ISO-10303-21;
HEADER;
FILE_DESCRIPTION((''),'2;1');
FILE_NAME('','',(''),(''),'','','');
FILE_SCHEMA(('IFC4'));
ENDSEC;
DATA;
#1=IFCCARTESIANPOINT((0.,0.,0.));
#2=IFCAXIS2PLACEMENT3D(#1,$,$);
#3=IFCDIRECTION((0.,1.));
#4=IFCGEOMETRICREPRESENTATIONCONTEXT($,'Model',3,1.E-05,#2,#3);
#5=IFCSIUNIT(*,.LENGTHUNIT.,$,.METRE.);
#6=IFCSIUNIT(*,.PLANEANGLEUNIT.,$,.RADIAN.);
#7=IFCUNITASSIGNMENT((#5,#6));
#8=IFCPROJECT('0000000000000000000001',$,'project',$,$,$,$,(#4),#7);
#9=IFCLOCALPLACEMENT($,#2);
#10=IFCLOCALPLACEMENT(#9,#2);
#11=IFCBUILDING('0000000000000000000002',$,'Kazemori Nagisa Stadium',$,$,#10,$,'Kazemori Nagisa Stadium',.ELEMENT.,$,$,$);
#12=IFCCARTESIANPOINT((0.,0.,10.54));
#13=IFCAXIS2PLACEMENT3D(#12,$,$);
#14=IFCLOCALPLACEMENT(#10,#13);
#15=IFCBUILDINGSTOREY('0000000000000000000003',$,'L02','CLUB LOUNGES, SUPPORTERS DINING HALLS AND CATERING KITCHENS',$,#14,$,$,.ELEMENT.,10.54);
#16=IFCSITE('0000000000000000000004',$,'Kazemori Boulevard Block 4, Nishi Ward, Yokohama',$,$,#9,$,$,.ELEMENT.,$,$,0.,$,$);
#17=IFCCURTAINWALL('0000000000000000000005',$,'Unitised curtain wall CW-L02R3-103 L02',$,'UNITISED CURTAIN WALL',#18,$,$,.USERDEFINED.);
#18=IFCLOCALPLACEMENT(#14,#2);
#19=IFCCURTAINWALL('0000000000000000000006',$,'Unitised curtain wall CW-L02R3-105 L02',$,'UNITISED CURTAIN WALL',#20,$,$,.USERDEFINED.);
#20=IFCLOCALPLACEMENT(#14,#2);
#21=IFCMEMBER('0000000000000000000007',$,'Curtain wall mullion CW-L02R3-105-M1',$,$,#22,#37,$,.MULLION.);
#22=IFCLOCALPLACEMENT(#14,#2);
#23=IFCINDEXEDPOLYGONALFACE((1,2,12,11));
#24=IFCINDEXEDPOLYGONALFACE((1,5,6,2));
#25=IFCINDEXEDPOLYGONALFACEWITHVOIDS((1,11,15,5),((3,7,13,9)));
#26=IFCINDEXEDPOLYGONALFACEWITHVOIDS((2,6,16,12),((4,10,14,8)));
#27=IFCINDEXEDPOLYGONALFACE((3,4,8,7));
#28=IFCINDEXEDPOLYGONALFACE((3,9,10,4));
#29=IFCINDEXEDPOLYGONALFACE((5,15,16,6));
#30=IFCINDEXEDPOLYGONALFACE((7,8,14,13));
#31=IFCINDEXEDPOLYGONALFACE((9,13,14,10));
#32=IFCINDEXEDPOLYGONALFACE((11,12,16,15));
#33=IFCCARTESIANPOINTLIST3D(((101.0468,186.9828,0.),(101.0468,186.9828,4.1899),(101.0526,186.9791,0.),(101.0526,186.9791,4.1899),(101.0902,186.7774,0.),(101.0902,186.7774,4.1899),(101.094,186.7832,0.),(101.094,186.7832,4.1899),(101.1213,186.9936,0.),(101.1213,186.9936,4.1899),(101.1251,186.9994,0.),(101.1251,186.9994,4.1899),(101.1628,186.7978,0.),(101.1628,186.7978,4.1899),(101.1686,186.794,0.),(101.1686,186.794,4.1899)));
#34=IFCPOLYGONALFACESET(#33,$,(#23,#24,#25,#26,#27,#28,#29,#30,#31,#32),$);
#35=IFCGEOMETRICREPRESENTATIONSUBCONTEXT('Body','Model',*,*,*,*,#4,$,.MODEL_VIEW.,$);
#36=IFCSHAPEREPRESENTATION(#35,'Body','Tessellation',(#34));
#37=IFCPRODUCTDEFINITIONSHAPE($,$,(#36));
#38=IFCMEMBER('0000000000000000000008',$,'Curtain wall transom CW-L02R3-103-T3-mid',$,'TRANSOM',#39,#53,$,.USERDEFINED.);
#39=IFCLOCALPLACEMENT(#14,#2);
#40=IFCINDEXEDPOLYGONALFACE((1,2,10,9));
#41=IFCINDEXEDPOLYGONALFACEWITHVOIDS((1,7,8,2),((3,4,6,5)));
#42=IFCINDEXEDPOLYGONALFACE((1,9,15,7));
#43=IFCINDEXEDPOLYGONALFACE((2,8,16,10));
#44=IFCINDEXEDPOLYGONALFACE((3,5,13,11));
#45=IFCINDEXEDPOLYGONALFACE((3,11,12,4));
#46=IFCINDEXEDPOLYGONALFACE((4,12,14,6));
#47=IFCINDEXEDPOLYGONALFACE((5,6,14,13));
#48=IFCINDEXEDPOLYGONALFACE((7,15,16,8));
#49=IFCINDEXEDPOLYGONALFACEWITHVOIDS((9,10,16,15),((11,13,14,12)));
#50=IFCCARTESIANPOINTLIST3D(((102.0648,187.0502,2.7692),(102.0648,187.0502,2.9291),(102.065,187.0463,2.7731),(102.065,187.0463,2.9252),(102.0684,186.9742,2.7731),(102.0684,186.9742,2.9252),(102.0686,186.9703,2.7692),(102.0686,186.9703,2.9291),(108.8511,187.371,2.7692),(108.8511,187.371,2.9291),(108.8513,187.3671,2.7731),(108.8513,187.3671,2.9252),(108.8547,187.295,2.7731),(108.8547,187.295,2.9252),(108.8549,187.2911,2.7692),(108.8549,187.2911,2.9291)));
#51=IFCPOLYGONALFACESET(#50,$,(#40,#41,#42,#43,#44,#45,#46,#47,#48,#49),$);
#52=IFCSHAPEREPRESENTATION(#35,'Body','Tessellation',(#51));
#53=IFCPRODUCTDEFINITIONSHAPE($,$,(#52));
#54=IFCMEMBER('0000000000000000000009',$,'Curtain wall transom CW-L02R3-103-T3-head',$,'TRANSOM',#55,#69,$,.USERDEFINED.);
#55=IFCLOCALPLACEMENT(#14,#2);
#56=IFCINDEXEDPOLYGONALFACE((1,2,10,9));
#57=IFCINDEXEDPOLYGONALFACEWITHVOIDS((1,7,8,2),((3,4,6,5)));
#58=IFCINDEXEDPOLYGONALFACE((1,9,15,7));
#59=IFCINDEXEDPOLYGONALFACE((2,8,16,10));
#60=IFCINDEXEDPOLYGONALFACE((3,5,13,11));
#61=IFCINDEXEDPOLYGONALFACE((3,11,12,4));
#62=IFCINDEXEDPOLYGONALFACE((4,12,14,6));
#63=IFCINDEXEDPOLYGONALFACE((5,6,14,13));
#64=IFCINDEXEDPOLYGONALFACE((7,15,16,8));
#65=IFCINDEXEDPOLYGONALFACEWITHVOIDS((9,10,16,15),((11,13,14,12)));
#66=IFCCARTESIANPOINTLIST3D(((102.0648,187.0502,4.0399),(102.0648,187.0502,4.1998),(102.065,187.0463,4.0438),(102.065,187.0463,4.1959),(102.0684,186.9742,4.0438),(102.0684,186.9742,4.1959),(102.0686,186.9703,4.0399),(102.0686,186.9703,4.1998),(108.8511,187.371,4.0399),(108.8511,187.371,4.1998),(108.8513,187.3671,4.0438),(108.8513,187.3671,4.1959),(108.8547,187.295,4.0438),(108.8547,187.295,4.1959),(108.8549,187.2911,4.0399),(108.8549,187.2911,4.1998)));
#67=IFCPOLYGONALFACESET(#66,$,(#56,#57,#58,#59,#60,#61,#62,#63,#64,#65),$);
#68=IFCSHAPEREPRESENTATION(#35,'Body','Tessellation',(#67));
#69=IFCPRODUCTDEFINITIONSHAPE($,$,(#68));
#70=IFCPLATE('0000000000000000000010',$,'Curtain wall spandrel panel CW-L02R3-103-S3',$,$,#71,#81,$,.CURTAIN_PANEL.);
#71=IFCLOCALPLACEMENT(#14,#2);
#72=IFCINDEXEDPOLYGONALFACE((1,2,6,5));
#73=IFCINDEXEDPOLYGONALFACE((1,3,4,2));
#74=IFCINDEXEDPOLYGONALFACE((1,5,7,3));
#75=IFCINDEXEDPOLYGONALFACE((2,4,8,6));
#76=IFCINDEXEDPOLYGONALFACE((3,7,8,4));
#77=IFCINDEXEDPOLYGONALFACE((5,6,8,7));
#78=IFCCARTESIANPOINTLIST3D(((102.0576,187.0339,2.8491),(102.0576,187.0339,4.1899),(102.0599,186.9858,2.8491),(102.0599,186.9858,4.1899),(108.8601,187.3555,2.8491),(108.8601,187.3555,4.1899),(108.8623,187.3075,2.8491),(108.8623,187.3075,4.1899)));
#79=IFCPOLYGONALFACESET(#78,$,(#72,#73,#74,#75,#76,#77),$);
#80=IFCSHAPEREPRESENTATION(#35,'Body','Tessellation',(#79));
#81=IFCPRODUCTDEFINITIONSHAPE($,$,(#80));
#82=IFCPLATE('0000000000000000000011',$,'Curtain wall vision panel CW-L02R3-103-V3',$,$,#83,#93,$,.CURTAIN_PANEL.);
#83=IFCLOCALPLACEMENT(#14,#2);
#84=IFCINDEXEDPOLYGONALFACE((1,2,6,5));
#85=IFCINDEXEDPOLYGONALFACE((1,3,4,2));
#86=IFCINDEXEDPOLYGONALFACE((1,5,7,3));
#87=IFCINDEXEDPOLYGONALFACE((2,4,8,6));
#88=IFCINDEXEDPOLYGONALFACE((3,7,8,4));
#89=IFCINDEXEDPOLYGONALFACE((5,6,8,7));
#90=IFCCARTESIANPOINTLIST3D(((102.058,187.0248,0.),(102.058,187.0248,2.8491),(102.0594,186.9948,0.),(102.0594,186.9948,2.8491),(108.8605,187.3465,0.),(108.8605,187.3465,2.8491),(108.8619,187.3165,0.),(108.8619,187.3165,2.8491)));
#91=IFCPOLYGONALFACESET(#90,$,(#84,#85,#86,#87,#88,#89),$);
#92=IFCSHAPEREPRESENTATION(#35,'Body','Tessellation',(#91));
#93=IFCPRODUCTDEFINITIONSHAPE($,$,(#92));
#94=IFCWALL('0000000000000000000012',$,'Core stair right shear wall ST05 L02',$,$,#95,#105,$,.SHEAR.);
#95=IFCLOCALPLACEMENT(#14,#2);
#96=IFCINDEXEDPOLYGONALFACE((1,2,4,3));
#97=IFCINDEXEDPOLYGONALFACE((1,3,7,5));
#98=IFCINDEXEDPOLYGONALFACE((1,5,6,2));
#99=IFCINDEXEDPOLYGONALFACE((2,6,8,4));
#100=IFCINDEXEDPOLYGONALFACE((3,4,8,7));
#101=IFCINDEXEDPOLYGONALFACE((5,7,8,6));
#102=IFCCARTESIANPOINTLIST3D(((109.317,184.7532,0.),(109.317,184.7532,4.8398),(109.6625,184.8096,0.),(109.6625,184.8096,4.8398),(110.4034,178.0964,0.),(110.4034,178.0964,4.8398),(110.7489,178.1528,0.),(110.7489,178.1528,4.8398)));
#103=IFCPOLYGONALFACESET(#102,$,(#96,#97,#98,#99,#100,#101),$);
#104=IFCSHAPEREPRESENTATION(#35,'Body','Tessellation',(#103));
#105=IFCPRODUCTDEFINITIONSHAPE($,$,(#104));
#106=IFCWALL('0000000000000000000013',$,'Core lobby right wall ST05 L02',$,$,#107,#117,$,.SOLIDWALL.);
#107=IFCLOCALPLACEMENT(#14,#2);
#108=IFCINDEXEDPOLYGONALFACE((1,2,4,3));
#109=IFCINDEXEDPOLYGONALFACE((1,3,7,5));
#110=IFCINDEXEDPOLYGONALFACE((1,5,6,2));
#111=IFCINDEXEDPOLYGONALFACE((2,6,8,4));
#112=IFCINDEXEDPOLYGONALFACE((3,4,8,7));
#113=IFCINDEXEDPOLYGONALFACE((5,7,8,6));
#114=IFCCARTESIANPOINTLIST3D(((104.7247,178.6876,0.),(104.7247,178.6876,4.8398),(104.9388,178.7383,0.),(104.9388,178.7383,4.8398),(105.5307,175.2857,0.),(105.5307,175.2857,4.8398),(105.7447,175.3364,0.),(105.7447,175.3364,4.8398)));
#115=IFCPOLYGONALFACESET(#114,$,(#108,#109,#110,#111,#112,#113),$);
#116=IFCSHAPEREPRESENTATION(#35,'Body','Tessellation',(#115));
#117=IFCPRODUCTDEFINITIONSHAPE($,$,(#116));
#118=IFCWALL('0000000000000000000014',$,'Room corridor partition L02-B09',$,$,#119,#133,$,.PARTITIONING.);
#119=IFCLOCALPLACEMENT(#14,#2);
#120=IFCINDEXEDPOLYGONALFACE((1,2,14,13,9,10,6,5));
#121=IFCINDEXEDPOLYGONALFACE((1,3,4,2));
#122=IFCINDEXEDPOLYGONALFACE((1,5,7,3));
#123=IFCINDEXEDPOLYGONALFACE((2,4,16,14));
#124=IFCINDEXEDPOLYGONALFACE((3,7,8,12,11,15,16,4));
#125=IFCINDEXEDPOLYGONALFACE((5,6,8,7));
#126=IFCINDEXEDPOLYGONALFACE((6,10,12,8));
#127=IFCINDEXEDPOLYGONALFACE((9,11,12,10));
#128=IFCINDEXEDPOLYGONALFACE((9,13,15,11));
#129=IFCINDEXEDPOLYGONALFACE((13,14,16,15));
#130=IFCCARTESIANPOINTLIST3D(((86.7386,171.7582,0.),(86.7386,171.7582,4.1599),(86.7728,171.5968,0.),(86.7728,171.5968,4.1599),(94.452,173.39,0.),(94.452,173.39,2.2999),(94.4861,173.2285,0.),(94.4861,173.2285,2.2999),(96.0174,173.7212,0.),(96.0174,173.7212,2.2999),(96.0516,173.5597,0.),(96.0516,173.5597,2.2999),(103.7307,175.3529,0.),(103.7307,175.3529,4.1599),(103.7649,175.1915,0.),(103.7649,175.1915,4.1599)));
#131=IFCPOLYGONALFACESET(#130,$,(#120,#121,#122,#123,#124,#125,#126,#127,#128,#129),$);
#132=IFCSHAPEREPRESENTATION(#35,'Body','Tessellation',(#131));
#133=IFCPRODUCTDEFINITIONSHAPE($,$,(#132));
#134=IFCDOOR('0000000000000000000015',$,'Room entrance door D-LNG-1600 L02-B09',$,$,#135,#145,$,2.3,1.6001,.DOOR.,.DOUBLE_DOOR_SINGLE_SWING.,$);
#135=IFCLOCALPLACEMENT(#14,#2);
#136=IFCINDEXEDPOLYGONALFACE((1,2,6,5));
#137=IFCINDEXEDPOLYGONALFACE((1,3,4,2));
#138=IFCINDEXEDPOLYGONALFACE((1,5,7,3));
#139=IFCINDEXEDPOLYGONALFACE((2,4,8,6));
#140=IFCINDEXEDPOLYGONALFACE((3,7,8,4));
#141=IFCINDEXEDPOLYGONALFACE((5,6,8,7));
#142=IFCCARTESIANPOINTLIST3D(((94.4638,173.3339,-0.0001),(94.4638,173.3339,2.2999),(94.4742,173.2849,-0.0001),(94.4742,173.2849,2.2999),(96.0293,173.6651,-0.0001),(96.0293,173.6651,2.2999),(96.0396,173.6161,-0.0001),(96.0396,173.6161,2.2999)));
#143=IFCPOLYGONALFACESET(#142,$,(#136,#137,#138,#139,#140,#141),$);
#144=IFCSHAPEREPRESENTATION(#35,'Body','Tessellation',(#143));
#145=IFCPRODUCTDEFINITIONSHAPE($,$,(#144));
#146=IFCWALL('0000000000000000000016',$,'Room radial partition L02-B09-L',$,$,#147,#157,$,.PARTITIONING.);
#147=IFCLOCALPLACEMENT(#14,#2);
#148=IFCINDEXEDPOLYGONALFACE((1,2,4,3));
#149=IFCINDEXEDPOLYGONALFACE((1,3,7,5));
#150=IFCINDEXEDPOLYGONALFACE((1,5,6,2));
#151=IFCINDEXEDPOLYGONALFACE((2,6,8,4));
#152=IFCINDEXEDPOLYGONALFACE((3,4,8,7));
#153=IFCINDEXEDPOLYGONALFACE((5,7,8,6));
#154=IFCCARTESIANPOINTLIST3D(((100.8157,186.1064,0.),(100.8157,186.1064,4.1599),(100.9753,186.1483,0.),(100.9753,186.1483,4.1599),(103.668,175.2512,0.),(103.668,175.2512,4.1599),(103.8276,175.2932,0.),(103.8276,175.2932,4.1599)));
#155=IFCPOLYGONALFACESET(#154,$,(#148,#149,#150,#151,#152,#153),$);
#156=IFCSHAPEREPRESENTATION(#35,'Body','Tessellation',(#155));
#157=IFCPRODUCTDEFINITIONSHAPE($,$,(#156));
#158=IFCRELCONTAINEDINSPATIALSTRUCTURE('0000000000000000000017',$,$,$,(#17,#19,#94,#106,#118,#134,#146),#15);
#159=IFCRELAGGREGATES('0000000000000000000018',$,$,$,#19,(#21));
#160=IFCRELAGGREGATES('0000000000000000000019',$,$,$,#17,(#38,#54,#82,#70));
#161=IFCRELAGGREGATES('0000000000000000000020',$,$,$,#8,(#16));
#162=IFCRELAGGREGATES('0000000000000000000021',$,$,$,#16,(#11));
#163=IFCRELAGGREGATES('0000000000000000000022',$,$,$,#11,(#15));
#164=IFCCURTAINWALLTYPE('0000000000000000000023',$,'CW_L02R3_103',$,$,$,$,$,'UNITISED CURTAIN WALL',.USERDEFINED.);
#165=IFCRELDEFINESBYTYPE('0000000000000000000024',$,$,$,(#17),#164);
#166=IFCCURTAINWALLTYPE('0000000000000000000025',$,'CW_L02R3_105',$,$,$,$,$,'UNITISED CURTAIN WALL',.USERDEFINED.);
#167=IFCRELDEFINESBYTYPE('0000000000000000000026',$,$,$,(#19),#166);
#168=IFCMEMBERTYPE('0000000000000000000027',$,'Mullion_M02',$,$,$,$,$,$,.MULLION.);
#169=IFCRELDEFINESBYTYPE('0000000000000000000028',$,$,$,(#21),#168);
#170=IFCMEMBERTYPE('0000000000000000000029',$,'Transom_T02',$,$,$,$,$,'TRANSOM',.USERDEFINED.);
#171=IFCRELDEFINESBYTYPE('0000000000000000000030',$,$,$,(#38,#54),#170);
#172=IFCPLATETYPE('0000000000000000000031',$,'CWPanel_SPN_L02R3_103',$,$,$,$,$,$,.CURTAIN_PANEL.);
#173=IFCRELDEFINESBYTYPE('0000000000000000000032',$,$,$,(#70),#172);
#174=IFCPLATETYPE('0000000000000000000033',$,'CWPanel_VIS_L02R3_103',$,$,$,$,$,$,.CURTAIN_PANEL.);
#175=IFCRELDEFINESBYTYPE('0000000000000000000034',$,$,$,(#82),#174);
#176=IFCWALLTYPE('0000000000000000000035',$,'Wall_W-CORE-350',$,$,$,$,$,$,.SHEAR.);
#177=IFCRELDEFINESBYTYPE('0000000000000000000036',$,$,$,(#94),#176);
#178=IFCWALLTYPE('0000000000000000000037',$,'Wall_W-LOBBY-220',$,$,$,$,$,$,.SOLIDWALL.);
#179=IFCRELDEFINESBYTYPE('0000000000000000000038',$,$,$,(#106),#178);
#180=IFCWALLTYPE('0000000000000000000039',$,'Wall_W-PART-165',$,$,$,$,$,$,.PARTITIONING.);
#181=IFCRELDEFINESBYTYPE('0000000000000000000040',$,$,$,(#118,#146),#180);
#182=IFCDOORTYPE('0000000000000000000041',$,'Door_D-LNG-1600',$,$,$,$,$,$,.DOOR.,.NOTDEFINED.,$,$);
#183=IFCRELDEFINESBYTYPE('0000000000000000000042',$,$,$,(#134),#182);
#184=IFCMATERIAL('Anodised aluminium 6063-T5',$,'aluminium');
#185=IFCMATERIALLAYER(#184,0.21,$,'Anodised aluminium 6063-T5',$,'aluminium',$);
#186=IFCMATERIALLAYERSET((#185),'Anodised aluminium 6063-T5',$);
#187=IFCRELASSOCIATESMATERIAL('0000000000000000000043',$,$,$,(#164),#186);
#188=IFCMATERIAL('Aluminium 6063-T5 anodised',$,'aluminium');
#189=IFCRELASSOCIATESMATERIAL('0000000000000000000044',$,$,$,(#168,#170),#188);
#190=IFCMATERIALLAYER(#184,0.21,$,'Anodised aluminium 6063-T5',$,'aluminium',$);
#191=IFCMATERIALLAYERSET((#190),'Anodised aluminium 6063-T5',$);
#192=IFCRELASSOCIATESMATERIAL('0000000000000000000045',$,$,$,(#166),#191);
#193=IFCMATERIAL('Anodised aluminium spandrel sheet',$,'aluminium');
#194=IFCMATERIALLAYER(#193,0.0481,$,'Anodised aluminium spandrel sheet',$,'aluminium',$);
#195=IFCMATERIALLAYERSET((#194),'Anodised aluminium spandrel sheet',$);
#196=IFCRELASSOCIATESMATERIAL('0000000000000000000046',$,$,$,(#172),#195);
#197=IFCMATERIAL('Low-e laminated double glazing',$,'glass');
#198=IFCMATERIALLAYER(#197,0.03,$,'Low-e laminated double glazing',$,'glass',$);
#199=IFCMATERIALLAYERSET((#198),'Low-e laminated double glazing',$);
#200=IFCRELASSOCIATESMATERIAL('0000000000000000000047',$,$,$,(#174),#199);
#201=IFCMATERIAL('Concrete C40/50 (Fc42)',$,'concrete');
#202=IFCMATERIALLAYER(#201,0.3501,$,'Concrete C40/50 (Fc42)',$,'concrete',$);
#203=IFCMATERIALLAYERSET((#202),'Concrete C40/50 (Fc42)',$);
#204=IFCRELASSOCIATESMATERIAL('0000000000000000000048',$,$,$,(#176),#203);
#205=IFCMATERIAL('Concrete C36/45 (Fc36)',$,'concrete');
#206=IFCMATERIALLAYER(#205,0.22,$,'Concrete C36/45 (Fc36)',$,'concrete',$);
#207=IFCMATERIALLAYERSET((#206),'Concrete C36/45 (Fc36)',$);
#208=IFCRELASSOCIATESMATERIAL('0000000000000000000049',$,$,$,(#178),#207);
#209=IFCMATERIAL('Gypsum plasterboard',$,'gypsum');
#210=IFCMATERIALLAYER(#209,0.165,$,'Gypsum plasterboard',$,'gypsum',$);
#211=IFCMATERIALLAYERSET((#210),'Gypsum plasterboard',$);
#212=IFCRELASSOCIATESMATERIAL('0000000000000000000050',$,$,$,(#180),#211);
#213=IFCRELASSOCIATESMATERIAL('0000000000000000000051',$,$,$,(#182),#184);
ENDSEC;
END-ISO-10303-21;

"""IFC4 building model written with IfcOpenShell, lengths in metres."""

from ifc_helpers import new_model, si_unit, direction, frame, frame_2d, origin, origin_2d, place, context, subcontext, project, spatial, rectangle, hollow_rectangle, extrude, material, layer, layer_set, material_profile, profile_set, type_object, element, fill, aggregate, save


model = new_model("IFC4")

# Units and contexts
model_context = context("Model", 3, precision=1e-05, world=origin(), true_north=direction((0.0, 1.0)))
body_context = subcontext(model_context, "Body", "Model", "MODEL_VIEW")
ifc_project = project(units=[si_unit("LENGTHUNIT", "METRE"), si_unit("PLANEANGLEUNIT", "RADIAN")], contexts=[model_context])

# Site, building, storey
site_placement = place(None, origin())
site = spatial("IfcSite", under=ifc_project, at=site_placement, Name="Kazemori Boulevard Block 4, Nishi Ward, Yokohama", CompositionType="ELEMENT", RefElevation=0.0)
building_placement = place(site_placement, origin())
building = spatial("IfcBuilding", under=site, at=building_placement, Name="Kazemori Nagisa Stadium", LongName="Kazemori Nagisa Stadium", CompositionType="ELEMENT")
storey_placement = place(building_placement, frame((0.0, 0.0, 10.54)))
storey = spatial("IfcBuildingStorey", under=building, at=storey_placement, Name="L02", Description="CLUB LOUNGES, SUPPORTERS DINING HALLS AND CATERING KITCHENS", CompositionType="ELEMENT", Elevation=10.54)

# Shared definitions
ifc_material_1 = material(Name="Concrete C40/50 (Fc42)", Category="concrete")

# Curtain wall
ifc_material_2 = material(Name="Anodised aluminium 6063-T5", Category="aluminium")
ifc_layer_1 = layer(ifc_material_2, 0.21, Name="Anodised aluminium 6063-T5", Category="aluminium")
ifc_layer_set_1 = layer_set([ifc_layer_1], Name="Anodised aluminium 6063-T5")
curtain_wall_type_1 = type_object("IfcCurtainWallType", Name="CW_L02R3_103", ElementType="UNITISED CURTAIN WALL", PredefinedType="USERDEFINED", material=ifc_layer_set_1)
curtain_wall_1_placement = place(storey_placement, origin())
curtain_wall_1 = element("IfcCurtainWall", 1, at=curtain_wall_1_placement, inside=storey, type_object=curtain_wall_type_1, Name="Unitised curtain wall CW-L02R3-103 L02", ObjectType="UNITISED CURTAIN WALL", PredefinedType="USERDEFINED")
ifc_material_3 = material(Name="Aluminium 6063-T5 anodised", Category="aluminium")
ifc_material_profile_1 = material_profile(ifc_material_3, hollow_rectangle(XDim=0.0801, YDim=0.21, WallThickness=0.0049, at=origin_2d()), Name="ALU-MULL-80x210x5")
ifc_profile_set_1 = profile_set([ifc_material_profile_1], Name="Aluminium 6063-T5 anodised")
member_type_1 = type_object("IfcMemberType", Name="Mullion_M02", PredefinedType="MULLION", material=ifc_profile_set_1)

# Curtain wall, member
ifc_layer_2 = layer(ifc_material_2, 0.21, Name="Anodised aluminium 6063-T5", Category="aluminium")
ifc_layer_set_2 = layer_set([ifc_layer_2], Name="Anodised aluminium 6063-T5")
curtain_wall_type_2 = type_object("IfcCurtainWallType", Name="CW_L02R3_105", ElementType="UNITISED CURTAIN WALL", PredefinedType="USERDEFINED", material=ifc_layer_set_2)
curtain_wall_2_placement = place(storey_placement, origin())
curtain_wall_2 = element("IfcCurtainWall", 2, at=curtain_wall_2_placement, inside=storey, type_object=curtain_wall_type_2, Name="Unitised curtain wall CW-L02R3-105 L02", ObjectType="UNITISED CURTAIN WALL", PredefinedType="USERDEFINED")
member_1_placement = place(storey_placement, frame((101.1077, 186.8884, 0.0), z_axis=(0.0, 0.0, 1.0), x_axis=(-0.978345, -0.206981, 0.0)))
member_1 = element("IfcMember", 3, at=member_1_placement, type_object=member_type_1, Name="Curtain wall mullion CW-L02R3-105-M1", PredefinedType="MULLION", context=body_context, shape_type="SweptSolid", body=[
    extrude(hollow_rectangle(XDim=0.0801, YDim=0.21, WallThickness=0.0049, at=origin_2d()), origin(), (0.0, 0.0, 1.0), 4.1899),
])
aggregate(curtain_wall_2, [member_1])

# Members
ifc_material_profile_2 = material_profile(ifc_material_3, hollow_rectangle(XDim=0.0801, YDim=0.1599, WallThickness=0.0039, at=origin_2d()), Name="ALU-TRAN-80x160x4")
ifc_profile_set_2 = profile_set([ifc_material_profile_2], Name="Aluminium 6063-T5 anodised")
member_type_2 = type_object("IfcMemberType", Name="Transom_T02", ElementType="TRANSOM", PredefinedType="USERDEFINED", material=ifc_profile_set_2)
member_2_placement = place(storey_placement, frame((108.853, 187.3311, 2.8491), z_axis=(-0.998885, -0.047219, 0.0), x_axis=(0.047219, -0.998885, 0.0)))
member_2 = element("IfcMember", 4, at=member_2_placement, type_object=member_type_2, Name="Curtain wall transom CW-L02R3-103-T3-mid", ObjectType="TRANSOM", PredefinedType="USERDEFINED", context=body_context, shape_type="SweptSolid", body=[
    extrude(hollow_rectangle(XDim=0.0801, YDim=0.1599, WallThickness=0.0039, at=origin_2d()), origin(), (0.0, 0.0, 1.0), 6.7939),
])
member_3_placement = place(storey_placement, frame((108.853, 187.3311, 4.1199), z_axis=(-0.998885, -0.047219, 0.0), x_axis=(0.047219, -0.998885, 0.0)))
member_3 = element("IfcMember", 5, at=member_3_placement, type_object=member_type_2, Name="Curtain wall transom CW-L02R3-103-T3-head", ObjectType="TRANSOM", PredefinedType="USERDEFINED", context=body_context, shape_type="SweptSolid", body=[
    extrude(hollow_rectangle(XDim=0.0801, YDim=0.1599, WallThickness=0.0039, at=origin_2d()), origin(), (0.0, 0.0, 1.0), 6.7939),
])

# Plates
ifc_material_4 = material(Name="Anodised aluminium spandrel sheet", Category="aluminium")
ifc_layer_3 = layer(ifc_material_4, 0.0481, Name="Anodised aluminium spandrel sheet", Category="aluminium")
ifc_layer_set_3 = layer_set([ifc_layer_3], Name="Anodised aluminium spandrel sheet")
plate_type_1 = type_object("IfcPlateType", Name="CWPanel_SPN_L02R3_103", PredefinedType="CURTAIN_PANEL", material=ifc_layer_set_3)
plate_1_placement = place(storey_placement, frame((105.46, 187.1707, 2.8491), z_axis=(0.0, 0.0, 1.0), x_axis=(-0.998884, -0.04723, 0.0)))
plate_1 = element("IfcPlate", 6, at=plate_1_placement, type_object=plate_type_1, Name="Curtain wall spandrel panel CW-L02R3-103-S3", PredefinedType="CURTAIN_PANEL", context=body_context, shape_type="SweptSolid", body=[
    extrude(rectangle(XDim=6.8101, YDim=0.0481, at=origin_2d()), origin(), (0.0, 0.0, 1.0), 1.3408),
])
ifc_material_5 = material(Name="Low-e laminated double glazing", Category="glass")
ifc_layer_4 = layer(ifc_material_5, 0.03, Name="Low-e laminated double glazing", Category="glass")
ifc_layer_set_4 = layer_set([ifc_layer_4], Name="Low-e laminated double glazing")
plate_type_2 = type_object("IfcPlateType", Name="CWPanel_VIS_L02R3_103", PredefinedType="CURTAIN_PANEL", material=ifc_layer_set_4)
plate_2_placement = place(storey_placement, frame((105.46, 187.1707, 0.0), z_axis=(0.0, 0.0, 1.0), x_axis=(-0.998884, -0.04723, 0.0)))
plate_2 = element("IfcPlate", 7, at=plate_2_placement, type_object=plate_type_2, Name="Curtain wall vision panel CW-L02R3-103-V3", PredefinedType="CURTAIN_PANEL", context=body_context, shape_type="SweptSolid", body=[
    extrude(rectangle(XDim=6.8101, YDim=0.03, at=origin_2d()), origin(), (0.0, 0.0, 1.0), 2.8491),
])
aggregate(curtain_wall_1, [member_2, member_3, plate_2, plate_1])

# Walls
ifc_layer_5 = layer(ifc_material_1, 0.3501, Name="Concrete C40/50 (Fc42)", Category="concrete")
ifc_layer_set_5 = layer_set([ifc_layer_5], Name="Concrete C40/50 (Fc42)")
wall_type_1 = type_object("IfcWallType", Name="Wall_W-CORE-350", PredefinedType="SHEAR", material=ifc_layer_set_5)
wall_1_placement = place(storey_placement, frame((110.5762, 178.1245, 0.0), z_axis=(0.0, 0.0, 1.0), x_axis=(-0.161076, 0.986942, 0.0)))
element("IfcWall", 8, at=wall_1_placement, inside=storey, type_object=wall_type_1, Name="Core stair right shear wall ST05 L02", PredefinedType="SHEAR", context=body_context, shape_type="SweptSolid", body=[
    extrude(rectangle(XDim=6.7449, YDim=0.3501, at=frame_2d((3.3726, 0.0))), origin(), (0.0, 0.0, 1.0), 4.8398),
])
ifc_material_6 = material(Name="Concrete C36/45 (Fc36)", Category="concrete")
ifc_layer_6 = layer(ifc_material_6, 0.22, Name="Concrete C36/45 (Fc36)", Category="concrete")
ifc_layer_set_6 = layer_set([ifc_layer_6], Name="Concrete C36/45 (Fc36)")
wall_type_2 = type_object("IfcWallType", Name="Wall_W-LOBBY-220", PredefinedType="SOLIDWALL", material=ifc_layer_set_6)
wall_2_placement = place(storey_placement, frame((105.6377, 175.311, 0.0), z_axis=(0.0, 0.0, 1.0), x_axis=(-0.230522, 0.973067, 0.0)))
element("IfcWall", 9, at=wall_2_placement, inside=storey, type_object=wall_type_2, Name="Core lobby right wall ST05 L02", PredefinedType="SOLIDWALL", context=body_context, shape_type="SweptSolid", body=[
    extrude(rectangle(XDim=3.4961, YDim=0.22, at=frame_2d((1.748, 0.0))), origin(), (0.0, 0.0, 1.0), 4.8398),
])

# Wall, opening, door
ifc_material_7 = material(Name="Gypsum plasterboard", Category="gypsum")
ifc_layer_7 = layer(ifc_material_7, 0.165, Name="Gypsum plasterboard", Category="gypsum")
ifc_layer_set_7 = layer_set([ifc_layer_7], Name="Gypsum plasterboard")
wall_type_3 = type_object("IfcWallType", Name="Wall_W-PART-165", PredefinedType="PARTITIONING", material=ifc_layer_set_7)
wall_3_placement = place(storey_placement, frame((103.7478, 175.2722, 0.0), z_axis=(0.0, 0.0, 1.0), x_axis=(-0.978347, -0.206971, 0.0)))
wall_3 = element("IfcWall", 10, at=wall_3_placement, inside=storey, type_object=wall_type_3, Name="Room corridor partition L02-B09", PredefinedType="PARTITIONING", context=body_context, shape_type="SweptSolid", body=[
    extrude(rectangle(XDim=17.3682, YDim=0.165, at=frame_2d((8.6841, 0.0))), origin(), (0.0, 0.0, 1.0), 4.1599),
])
opening_1_placement = place(wall_3_placement, frame((7.884, 0.0, 0.0)))
opening_1 = element("IfcOpeningElement", 11, at=opening_1_placement, cuts=wall_3, PredefinedType="OPENING", context=body_context, shape_type="SweptSolid", body=[
    extrude(rectangle(XDim=1.6001, YDim=2.3, at=frame_2d((0.8, 1.1499))), frame((0.0, 0.0925, 0.0), z_axis=(0.0, -1.0, 0.0), x_axis=(1.0, 0.0, 0.0)), (0.0, 0.0, 1.0), 0.1851),
])
door_type_1 = type_object("IfcDoorType", Name="Door_D-LNG-1600", OperationType="NOTDEFINED", PredefinedType="DOOR", material=ifc_material_2)
door_1_placement = place(opening_1_placement, origin())
door_1 = element("IfcDoor", 12, at=door_1_placement, inside=storey, type_object=door_type_1, Name="Room entrance door D-LNG-1600 L02-B09", OperationType="DOUBLE_DOOR_SINGLE_SWING", OverallHeight=2.3, OverallWidth=1.6001, PredefinedType="DOOR", context=body_context, shape_type="SweptSolid", body=[
    extrude(rectangle(XDim=1.6001, YDim=2.3, at=frame_2d((0.8, 1.1499))), frame((0.0, 0.0249, 0.0), z_axis=(0.0, -1.0, 0.0), x_axis=(1.0, 0.0, 0.0)), (0.0, 0.0, 1.0), 0.05),
])
fill(opening_1, door_1)

# Wall
wall_4_placement = place(storey_placement, frame((103.7478, 175.2722, 0.0), z_axis=(0.0, 0.0, 1.0), x_axis=(-0.254131, 0.96717, 0.0)))
element("IfcWall", 13, at=wall_4_placement, inside=storey, type_object=wall_type_3, Name="Room radial partition L02-B09-L", PredefinedType="PARTITIONING", context=body_context, shape_type="SweptSolid", body=[
    extrude(rectangle(XDim=11.2236, YDim=0.165, at=frame_2d((5.6118, 0.0))), origin(), (0.0, 0.0, 1.0), 4.1599),
])

save(model, "model.ifc")
